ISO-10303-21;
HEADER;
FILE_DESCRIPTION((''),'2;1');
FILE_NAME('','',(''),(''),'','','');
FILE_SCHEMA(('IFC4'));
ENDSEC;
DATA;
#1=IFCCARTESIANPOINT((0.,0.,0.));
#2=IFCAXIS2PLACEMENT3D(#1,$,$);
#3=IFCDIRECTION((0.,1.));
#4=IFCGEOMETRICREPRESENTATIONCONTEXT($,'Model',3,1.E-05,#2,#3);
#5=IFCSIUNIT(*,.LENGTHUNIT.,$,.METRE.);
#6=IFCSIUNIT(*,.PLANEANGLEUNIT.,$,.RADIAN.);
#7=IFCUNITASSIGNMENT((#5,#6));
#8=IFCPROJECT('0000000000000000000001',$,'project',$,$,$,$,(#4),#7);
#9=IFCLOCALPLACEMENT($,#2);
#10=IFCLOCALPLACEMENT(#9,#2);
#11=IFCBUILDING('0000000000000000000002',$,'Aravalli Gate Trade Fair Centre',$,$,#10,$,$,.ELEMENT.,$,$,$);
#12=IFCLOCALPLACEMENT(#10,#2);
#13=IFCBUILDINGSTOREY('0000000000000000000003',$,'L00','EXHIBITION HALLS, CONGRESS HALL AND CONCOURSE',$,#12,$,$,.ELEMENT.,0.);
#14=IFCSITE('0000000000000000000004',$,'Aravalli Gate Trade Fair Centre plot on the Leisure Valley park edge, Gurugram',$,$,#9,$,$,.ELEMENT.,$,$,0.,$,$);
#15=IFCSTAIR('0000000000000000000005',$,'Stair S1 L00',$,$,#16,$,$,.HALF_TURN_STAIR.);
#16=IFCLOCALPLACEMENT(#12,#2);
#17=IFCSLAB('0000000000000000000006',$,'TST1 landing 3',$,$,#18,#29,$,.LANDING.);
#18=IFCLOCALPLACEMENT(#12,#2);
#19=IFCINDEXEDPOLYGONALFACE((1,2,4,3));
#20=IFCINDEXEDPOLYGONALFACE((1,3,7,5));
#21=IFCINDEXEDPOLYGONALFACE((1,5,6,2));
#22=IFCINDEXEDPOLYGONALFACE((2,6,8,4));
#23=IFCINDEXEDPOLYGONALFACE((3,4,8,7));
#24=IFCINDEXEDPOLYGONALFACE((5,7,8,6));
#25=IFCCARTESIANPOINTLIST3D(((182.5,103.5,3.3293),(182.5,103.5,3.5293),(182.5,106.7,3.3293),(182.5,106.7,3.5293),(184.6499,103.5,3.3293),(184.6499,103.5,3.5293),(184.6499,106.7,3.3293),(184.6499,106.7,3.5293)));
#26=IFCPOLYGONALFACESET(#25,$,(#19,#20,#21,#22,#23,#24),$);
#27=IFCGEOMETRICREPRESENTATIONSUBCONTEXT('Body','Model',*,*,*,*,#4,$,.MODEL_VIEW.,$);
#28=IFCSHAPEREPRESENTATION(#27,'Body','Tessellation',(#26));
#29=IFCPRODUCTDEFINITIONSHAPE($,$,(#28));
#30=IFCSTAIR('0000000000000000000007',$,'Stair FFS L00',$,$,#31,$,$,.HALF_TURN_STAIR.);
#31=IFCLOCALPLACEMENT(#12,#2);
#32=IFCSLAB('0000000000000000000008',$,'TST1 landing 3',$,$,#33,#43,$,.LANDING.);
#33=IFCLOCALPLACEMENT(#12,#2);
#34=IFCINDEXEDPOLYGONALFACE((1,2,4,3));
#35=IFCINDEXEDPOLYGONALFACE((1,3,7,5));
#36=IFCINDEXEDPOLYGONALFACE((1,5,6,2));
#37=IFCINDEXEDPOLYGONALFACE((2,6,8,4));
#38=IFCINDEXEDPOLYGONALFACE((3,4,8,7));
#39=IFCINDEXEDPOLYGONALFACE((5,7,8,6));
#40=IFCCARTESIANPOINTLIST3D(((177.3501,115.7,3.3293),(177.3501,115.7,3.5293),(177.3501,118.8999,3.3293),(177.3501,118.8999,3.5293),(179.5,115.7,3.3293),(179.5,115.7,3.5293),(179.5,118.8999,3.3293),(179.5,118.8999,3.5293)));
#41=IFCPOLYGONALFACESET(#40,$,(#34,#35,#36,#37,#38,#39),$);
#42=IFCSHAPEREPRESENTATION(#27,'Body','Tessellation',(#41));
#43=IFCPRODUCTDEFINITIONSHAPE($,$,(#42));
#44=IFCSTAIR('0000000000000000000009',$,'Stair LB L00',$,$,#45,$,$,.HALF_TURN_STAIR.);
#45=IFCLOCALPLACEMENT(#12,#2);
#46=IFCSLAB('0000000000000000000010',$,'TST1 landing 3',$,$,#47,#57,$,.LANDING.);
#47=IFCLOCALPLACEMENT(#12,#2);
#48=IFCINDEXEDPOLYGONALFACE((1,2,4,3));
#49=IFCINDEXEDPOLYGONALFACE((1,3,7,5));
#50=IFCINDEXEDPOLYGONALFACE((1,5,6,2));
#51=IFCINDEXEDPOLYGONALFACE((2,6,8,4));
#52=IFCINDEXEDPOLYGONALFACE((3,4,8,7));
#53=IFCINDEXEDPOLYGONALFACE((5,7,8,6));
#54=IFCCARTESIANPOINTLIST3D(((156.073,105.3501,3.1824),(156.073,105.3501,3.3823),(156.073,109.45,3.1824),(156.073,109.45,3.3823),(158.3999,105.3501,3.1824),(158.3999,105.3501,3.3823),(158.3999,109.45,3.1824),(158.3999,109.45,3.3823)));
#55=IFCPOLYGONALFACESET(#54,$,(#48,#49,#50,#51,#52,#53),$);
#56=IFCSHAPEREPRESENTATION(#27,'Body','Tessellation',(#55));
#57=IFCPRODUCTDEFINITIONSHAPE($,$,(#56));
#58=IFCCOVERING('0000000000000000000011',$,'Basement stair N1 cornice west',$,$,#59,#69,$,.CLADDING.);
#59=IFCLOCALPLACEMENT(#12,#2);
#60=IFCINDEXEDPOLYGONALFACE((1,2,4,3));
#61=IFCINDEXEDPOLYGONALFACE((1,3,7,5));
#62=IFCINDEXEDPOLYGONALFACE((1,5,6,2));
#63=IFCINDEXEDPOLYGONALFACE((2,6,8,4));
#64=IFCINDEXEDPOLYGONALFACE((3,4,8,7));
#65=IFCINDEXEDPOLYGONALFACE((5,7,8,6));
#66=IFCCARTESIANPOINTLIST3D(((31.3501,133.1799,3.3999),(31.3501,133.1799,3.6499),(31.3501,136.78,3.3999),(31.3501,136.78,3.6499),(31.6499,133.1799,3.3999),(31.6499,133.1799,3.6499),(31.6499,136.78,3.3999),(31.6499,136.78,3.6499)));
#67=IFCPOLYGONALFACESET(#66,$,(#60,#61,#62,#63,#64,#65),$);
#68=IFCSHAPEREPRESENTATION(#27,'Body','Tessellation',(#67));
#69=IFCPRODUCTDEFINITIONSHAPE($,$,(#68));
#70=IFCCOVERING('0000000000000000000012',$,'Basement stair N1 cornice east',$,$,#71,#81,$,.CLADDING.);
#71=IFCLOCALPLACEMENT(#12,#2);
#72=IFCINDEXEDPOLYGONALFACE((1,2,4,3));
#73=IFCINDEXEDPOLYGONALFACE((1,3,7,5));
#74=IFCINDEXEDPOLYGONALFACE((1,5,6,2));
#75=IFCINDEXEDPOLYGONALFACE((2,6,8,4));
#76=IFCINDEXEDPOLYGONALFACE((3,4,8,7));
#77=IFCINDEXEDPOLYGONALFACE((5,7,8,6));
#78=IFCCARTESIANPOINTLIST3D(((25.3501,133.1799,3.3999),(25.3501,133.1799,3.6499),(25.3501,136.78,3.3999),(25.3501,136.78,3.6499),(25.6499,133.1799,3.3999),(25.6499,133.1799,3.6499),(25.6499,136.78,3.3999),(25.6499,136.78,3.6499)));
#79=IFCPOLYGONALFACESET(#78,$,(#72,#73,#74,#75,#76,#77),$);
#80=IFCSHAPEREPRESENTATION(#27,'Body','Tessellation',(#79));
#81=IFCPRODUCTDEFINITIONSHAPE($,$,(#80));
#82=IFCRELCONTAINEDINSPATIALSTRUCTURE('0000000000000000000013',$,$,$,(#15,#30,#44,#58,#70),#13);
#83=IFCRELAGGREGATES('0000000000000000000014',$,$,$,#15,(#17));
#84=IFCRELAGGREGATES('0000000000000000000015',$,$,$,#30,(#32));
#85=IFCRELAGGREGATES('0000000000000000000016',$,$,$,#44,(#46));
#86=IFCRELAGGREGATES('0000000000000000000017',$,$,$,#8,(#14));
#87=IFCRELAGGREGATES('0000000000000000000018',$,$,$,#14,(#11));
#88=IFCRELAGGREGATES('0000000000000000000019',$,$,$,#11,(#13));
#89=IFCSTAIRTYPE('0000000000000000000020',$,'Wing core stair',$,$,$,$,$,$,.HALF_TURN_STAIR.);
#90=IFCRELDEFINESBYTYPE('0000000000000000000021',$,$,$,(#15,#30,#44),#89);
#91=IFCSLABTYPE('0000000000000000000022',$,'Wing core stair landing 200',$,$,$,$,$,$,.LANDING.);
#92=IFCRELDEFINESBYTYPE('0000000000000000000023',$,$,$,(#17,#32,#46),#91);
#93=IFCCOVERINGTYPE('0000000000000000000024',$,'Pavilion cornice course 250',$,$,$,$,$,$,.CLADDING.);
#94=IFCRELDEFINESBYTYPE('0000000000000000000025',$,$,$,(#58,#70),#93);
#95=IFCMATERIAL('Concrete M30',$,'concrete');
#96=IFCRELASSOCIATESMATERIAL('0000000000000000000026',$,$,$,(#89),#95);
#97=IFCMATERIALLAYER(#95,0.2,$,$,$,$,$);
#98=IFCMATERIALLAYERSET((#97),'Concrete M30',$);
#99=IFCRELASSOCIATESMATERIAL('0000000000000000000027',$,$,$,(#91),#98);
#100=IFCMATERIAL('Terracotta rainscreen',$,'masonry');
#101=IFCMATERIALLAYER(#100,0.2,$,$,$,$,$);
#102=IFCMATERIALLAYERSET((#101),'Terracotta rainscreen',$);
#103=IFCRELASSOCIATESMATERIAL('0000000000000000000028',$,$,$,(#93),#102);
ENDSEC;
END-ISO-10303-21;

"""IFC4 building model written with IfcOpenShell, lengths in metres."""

from ifc_helpers import new_model, si_unit, direction, frame, origin, place, context, subcontext, project, spatial, polyline, outline, extrude, material, layer, layer_set, type_object, element, aggregate, save


model = new_model("IFC4")

# Units and contexts
model_context = context("Model", 3, precision=1e-05, world=origin(), true_north=direction((0.0, 1.0)))
body_context = subcontext(model_context, "Body", "Model", "MODEL_VIEW")
ifc_project = project(units=[si_unit("LENGTHUNIT", "METRE"), si_unit("PLANEANGLEUNIT", "RADIAN")], contexts=[model_context])

# Site, building, storey
site_placement = place(None, origin())
site = spatial("IfcSite", under=ifc_project, at=site_placement, Name="Aravalli Gate Trade Fair Centre plot on the Leisure Valley park edge, Gurugram", CompositionType="ELEMENT", RefElevation=0.0)
building_placement = place(site_placement, origin())
building = spatial("IfcBuilding", under=site, at=building_placement, Name="Aravalli Gate Trade Fair Centre", CompositionType="ELEMENT")
storey_placement = place(building_placement, origin())
storey = spatial("IfcBuildingStorey", under=building, at=storey_placement, Name="L00", Description="EXHIBITION HALLS, CONGRESS HALL AND CONCOURSE", CompositionType="ELEMENT", Elevation=0.0)

# Stairs, slabs
ifc_material_1 = material(Name="Concrete M30", Category="concrete")
stair_type_1 = type_object("IfcStairType", Name="Wing core stair", PredefinedType="HALF_TURN_STAIR", material=ifc_material_1)
ifc_layer_1 = layer(ifc_material_1, 0.2)
ifc_layer_set_1 = layer_set([ifc_layer_1], Name="Concrete M30")
slab_type_1 = type_object("IfcSlabType", Name="Wing core stair landing 200", PredefinedType="LANDING", material=ifc_layer_set_1)
stair_1_placement = place(storey_placement, origin())
stair_1 = element("IfcStair", 1, at=stair_1_placement, inside=storey, type_object=stair_type_1, Name="Stair S1 L00", PredefinedType="HALF_TURN_STAIR")
slab_1_placement = place(storey_placement, frame((0.0, 0.0, 3.3293)))
slab_1 = element("IfcSlab", 2, at=slab_1_placement, type_object=slab_type_1, Name="TST1 landing 3", PredefinedType="LANDING", context=body_context, shape_type="SweptSolid", body=[
    extrude(outline(polyline([(182.5, 103.5), (184.6499, 103.5), (184.6499, 106.7), (182.5, 106.7), (182.5, 103.5)])), origin(), (0.0, 0.0, 1.0), 0.2),
])
aggregate(stair_1, [slab_1])
stair_2_placement = place(storey_placement, origin())
stair_2 = element("IfcStair", 3, at=stair_2_placement, inside=storey, type_object=stair_type_1, Name="Stair FFS L00", PredefinedType="HALF_TURN_STAIR")
slab_2_placement = place(storey_placement, frame((0.0, 0.0, 3.3293)))
slab_2 = element("IfcSlab", 4, at=slab_2_placement, type_object=slab_type_1, Name="TST1 landing 3", PredefinedType="LANDING", context=body_context, shape_type="SweptSolid", body=[
    extrude(outline(polyline([(177.3501, 115.7), (179.5, 115.7), (179.5, 118.8999), (177.3501, 118.8999), (177.3501, 115.7)])), origin(), (0.0, 0.0, 1.0), 0.2),
])
aggregate(stair_2, [slab_2])
stair_3_placement = place(storey_placement, origin())
stair_3 = element("IfcStair", 5, at=stair_3_placement, inside=storey, type_object=stair_type_1, Name="Stair LB L00", PredefinedType="HALF_TURN_STAIR")
slab_3_placement = place(storey_placement, frame((0.0, 0.0, 3.1824)))
slab_3 = element("IfcSlab", 6, at=slab_3_placement, type_object=slab_type_1, Name="TST1 landing 3", PredefinedType="LANDING", context=body_context, shape_type="SweptSolid", body=[
    extrude(outline(polyline([(156.073, 105.3501), (158.3999, 105.3501), (158.3999, 109.45), (156.073, 109.45), (156.073, 105.3501)])), origin(), (0.0, 0.0, 1.0), 0.2),
])
aggregate(stair_3, [slab_3])

# Coverings
ifc_material_2 = material(Name="Terracotta rainscreen", Category="masonry")
ifc_layer_2 = layer(ifc_material_2, 0.2)
ifc_layer_set_2 = layer_set([ifc_layer_2], Name="Terracotta rainscreen")
covering_type = type_object("IfcCoveringType", Name="Pavilion cornice course 250", PredefinedType="CLADDING", material=ifc_layer_set_2)
covering_1_placement = place(storey_placement, frame((0.0, 0.0, 3.3999)))
element("IfcCovering", 7, at=covering_1_placement, inside=storey, type_object=covering_type, Name="Basement stair N1 cornice west", PredefinedType="CLADDING", context=body_context, shape_type="SweptSolid", body=[
    extrude(outline(polyline([(31.6499, 133.1799), (31.3501, 133.1799), (31.3501, 136.78), (31.6499, 136.78), (31.6499, 133.1799)])), origin(), (0.0, 0.0, 1.0), 0.25),
])
covering_2_placement = place(storey_placement, frame((0.0, 0.0, 3.3999)))
element("IfcCovering", 8, at=covering_2_placement, inside=storey, type_object=covering_type, Name="Basement stair N1 cornice east", PredefinedType="CLADDING", context=body_context, shape_type="SweptSolid", body=[
    extrude(outline(polyline([(25.6499, 133.1799), (25.3501, 133.1799), (25.3501, 136.78), (25.6499, 136.78), (25.6499, 133.1799)])), origin(), (0.0, 0.0, 1.0), 0.25),
])

save(model, "model.ifc")
